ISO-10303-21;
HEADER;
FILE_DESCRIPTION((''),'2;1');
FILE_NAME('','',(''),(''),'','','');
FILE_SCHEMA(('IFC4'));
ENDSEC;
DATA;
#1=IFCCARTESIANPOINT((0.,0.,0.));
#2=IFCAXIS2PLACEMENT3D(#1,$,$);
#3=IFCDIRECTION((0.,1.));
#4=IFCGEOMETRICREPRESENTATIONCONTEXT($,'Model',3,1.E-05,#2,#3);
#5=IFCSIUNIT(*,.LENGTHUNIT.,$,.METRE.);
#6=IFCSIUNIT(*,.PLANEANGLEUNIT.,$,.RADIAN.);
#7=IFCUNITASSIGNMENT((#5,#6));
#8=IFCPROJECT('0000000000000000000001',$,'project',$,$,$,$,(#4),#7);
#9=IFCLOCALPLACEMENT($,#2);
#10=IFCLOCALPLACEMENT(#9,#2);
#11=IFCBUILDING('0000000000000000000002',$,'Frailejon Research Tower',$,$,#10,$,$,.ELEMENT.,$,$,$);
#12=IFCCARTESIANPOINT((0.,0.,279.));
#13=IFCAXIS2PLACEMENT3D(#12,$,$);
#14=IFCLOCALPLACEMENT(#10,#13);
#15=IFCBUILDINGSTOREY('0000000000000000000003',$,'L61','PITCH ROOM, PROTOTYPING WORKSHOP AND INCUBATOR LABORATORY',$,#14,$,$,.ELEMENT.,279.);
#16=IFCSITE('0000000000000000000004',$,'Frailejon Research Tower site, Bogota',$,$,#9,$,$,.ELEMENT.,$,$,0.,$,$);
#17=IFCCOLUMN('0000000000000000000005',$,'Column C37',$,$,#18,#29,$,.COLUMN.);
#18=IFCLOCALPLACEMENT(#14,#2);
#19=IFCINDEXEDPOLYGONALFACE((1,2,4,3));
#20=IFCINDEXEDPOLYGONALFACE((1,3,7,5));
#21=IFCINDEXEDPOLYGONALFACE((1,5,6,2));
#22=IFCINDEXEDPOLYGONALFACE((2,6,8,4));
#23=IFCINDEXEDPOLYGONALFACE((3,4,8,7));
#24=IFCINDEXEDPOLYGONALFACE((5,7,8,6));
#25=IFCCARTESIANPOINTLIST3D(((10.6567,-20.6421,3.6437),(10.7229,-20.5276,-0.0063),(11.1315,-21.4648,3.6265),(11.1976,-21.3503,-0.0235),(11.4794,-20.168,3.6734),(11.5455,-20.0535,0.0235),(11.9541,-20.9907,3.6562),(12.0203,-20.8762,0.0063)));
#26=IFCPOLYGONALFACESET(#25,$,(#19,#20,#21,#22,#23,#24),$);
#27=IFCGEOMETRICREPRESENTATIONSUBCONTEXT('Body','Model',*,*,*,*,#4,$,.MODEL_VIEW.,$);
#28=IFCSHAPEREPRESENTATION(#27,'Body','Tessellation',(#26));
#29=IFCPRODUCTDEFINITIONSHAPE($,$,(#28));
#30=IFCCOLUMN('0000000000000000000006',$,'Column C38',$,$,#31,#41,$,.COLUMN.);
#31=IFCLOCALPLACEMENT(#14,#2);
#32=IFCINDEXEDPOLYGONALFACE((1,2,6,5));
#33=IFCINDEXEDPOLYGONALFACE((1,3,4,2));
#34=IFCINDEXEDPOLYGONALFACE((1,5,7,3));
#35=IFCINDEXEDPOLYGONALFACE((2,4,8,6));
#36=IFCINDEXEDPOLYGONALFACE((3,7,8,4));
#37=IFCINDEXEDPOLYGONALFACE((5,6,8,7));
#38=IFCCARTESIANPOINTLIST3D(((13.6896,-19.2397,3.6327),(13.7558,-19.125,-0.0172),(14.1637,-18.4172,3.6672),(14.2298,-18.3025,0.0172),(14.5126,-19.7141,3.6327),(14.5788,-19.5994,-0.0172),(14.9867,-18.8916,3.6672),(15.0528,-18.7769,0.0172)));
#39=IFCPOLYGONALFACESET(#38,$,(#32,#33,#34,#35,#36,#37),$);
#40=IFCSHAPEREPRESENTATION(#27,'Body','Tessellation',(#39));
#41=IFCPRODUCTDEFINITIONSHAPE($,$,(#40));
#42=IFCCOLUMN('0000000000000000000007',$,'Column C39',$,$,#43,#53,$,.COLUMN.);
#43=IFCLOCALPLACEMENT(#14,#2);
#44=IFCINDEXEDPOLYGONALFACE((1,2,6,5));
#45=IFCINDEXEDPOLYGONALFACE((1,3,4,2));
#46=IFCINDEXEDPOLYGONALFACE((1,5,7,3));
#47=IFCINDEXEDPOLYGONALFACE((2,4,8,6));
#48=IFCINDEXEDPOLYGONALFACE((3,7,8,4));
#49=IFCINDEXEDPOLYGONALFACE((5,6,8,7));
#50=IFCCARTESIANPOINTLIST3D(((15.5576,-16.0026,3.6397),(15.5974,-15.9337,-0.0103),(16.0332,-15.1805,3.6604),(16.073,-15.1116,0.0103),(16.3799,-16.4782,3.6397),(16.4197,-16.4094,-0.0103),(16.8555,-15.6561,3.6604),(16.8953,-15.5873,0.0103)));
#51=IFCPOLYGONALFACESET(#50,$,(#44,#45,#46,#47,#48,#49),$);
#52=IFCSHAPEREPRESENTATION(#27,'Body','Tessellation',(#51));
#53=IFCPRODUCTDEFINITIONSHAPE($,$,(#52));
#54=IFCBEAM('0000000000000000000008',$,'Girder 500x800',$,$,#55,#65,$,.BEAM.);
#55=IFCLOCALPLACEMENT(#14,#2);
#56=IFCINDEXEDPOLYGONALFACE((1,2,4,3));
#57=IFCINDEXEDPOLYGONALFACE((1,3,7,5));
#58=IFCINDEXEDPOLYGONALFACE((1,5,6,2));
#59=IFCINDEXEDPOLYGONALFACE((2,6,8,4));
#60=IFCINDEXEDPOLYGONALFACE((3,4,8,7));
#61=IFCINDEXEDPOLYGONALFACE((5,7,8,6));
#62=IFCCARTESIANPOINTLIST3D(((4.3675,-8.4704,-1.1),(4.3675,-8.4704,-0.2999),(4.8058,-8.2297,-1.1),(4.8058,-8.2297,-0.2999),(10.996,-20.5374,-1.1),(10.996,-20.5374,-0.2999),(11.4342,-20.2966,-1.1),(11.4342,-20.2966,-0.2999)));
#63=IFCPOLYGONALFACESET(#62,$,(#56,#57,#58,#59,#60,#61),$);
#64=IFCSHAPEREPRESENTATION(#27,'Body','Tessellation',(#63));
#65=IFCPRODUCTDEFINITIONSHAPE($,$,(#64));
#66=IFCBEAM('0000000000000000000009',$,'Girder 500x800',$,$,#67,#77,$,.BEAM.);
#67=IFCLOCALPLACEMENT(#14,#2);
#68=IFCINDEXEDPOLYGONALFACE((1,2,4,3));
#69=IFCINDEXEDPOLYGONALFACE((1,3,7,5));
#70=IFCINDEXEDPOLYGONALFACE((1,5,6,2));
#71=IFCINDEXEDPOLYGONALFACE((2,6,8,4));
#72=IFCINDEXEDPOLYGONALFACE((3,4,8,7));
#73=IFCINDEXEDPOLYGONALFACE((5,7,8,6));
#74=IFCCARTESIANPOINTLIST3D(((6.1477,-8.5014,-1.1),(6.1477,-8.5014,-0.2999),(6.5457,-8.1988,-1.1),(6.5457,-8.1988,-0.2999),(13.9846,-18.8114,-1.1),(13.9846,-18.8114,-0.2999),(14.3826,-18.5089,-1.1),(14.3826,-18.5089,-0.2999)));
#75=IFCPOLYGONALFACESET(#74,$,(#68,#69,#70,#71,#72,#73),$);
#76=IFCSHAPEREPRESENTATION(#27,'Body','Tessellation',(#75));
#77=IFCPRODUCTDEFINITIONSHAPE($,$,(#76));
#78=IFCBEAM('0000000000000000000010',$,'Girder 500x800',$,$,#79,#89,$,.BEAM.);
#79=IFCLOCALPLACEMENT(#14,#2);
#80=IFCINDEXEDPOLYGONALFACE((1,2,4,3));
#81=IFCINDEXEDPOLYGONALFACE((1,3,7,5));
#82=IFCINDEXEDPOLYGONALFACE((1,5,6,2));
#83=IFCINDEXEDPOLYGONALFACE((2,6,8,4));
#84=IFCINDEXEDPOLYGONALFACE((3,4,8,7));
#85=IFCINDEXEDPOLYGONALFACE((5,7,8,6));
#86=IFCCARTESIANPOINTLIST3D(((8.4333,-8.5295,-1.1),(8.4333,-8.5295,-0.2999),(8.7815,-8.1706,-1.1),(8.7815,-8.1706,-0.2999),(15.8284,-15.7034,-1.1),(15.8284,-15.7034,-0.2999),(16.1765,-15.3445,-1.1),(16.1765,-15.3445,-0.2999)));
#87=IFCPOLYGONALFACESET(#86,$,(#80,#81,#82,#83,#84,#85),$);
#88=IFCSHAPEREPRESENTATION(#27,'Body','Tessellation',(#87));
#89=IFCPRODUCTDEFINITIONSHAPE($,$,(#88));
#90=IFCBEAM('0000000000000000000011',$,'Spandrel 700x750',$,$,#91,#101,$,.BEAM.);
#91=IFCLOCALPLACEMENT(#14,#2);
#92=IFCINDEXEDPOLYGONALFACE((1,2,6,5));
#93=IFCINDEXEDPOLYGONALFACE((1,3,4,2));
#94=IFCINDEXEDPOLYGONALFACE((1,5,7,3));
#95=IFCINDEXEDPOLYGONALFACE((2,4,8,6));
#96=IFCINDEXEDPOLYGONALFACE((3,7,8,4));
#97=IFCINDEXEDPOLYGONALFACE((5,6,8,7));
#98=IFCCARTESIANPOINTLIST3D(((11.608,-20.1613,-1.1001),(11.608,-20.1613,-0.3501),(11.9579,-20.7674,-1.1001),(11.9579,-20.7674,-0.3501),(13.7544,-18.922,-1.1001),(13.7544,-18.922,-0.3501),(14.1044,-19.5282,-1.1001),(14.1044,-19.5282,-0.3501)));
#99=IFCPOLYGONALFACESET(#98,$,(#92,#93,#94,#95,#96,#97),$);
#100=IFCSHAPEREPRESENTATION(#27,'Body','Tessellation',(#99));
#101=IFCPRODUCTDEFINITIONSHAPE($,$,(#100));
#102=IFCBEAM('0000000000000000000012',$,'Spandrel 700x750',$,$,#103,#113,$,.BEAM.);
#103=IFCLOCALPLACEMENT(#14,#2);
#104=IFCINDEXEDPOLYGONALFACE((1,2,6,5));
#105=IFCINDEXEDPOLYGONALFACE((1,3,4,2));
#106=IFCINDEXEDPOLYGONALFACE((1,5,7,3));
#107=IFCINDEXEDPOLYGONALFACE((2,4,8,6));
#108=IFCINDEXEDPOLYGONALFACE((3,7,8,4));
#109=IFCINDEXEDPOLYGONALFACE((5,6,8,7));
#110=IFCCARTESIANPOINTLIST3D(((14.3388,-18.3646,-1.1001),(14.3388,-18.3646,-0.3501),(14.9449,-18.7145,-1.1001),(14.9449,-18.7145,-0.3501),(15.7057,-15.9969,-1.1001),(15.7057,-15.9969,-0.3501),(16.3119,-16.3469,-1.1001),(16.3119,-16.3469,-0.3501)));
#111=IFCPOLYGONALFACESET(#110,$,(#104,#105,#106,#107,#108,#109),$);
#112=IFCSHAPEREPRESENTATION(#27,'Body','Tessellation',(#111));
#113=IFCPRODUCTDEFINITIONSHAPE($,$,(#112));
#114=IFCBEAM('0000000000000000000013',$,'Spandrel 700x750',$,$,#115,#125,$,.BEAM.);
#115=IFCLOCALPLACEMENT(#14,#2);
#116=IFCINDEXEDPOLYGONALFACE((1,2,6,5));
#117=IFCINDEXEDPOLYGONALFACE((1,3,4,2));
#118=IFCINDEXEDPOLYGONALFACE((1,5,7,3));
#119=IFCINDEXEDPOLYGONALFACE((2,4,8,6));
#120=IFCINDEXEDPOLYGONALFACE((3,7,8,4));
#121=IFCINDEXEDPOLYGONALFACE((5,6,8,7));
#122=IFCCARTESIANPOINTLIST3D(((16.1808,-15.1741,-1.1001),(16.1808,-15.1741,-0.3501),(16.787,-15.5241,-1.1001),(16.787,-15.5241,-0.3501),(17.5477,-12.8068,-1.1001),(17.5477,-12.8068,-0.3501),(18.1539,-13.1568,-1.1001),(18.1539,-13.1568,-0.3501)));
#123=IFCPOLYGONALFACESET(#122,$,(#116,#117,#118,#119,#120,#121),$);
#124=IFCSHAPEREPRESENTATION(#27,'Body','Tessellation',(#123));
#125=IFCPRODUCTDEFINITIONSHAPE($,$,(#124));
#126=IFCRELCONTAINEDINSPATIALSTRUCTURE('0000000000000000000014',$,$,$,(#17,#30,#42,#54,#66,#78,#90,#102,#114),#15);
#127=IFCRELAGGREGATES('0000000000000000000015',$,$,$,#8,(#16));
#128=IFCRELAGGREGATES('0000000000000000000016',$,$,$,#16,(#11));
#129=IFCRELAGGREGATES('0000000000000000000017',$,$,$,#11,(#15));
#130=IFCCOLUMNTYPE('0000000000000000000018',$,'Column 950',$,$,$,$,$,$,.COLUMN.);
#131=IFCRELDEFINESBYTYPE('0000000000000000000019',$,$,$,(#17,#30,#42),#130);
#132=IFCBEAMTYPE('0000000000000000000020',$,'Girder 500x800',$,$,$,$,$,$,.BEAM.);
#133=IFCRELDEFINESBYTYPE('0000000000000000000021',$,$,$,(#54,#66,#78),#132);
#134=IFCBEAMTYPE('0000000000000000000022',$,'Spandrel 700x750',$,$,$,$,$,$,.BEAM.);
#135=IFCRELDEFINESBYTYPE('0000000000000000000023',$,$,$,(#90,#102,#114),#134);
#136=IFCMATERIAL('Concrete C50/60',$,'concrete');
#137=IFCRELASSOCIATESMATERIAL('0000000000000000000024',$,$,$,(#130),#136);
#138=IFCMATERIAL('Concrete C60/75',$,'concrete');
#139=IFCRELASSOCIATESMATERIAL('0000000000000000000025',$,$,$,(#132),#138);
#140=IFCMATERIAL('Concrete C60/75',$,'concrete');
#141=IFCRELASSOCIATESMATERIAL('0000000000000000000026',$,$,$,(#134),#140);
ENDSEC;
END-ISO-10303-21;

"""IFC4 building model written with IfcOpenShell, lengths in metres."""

from ifc_helpers import new_model, si_unit, direction, frame, origin, origin_2d, place, context, subcontext, project, spatial, rectangle, extrude, material, material_profile, profile_set, type_object, element, save


model = new_model("IFC4")

# Units and contexts
model_context = context("Model", 3, precision=1e-05, world=origin(), true_north=direction((0.0, 1.0)))
body_context = subcontext(model_context, "Body", "Model", "MODEL_VIEW")
ifc_project = project(units=[si_unit("LENGTHUNIT", "METRE"), si_unit("PLANEANGLEUNIT", "RADIAN")], contexts=[model_context])

# Site, building, storey
site_placement = place(None, origin())
site = spatial("IfcSite", under=ifc_project, at=site_placement, Name="Frailejon Research Tower site, Bogota", CompositionType="ELEMENT", RefElevation=0.0)
building_placement = place(site_placement, origin())
building = spatial("IfcBuilding", under=site, at=building_placement, Name="Frailejon Research Tower", CompositionType="ELEMENT")
storey_placement = place(building_placement, frame((0.0, 0.0, 279.0)))
storey = spatial("IfcBuildingStorey", under=building, at=storey_placement, Name="L61", Description="PITCH ROOM, PROTOTYPING WORKSHOP AND INCUBATOR LABORATORY", CompositionType="ELEMENT", Elevation=279.0)

# Columns
ifc_material_1 = material(Name="Concrete C50/60", Category="concrete")
ifc_material_profile_1 = material_profile(ifc_material_1, rectangle(XDim=0.95, YDim=0.95, at=origin_2d()), Name="Column 950")
ifc_profile_set_1 = profile_set([ifc_material_profile_1], Name="Concrete C50/60")
column_type = type_object("IfcColumnType", Name="Column 950", PredefinedType="COLUMN", material=ifc_profile_set_1)
for number, where, z_axis, x_axis, name in (
    (1, (11.3716, -20.7019, 0.0), (-0.018115, -0.031351, 0.999344), (0.865981, 0.499093, 0.031355), "Column C37"),
    (2, (14.4043, -18.9509, 0.0), (-0.018115, -0.031417, 0.999342), (0.49904, 0.865819, 0.036266), "Column C38"),
):
    element("IfcColumn", number, at=place(storey_placement, frame(where, z_axis=z_axis, x_axis=x_axis)), inside=storey, type_object=column_type, Name=name, PredefinedType="COLUMN", context=body_context, shape_type="SweptSolid", body=[
        extrude(rectangle(XDim=0.95, YDim=0.95, at=origin_2d()), origin(), (0.0, 0.0, 1.0), 3.6523),
    ])
column_placement = place(storey_placement, frame((16.2463, -15.7605, 0.0), z_axis=(-0.0109, -0.018858, 0.999763), x_axis=(0.50059, 0.86541, 0.021782)))
element("IfcColumn", 3, at=column_placement, inside=storey, type_object=column_type, Name="Column C39", PredefinedType="COLUMN", context=body_context, shape_type="SweptSolid", body=[
    extrude(rectangle(XDim=0.95, YDim=0.95, at=origin_2d()), origin(), (0.0, 0.0, 1.0), 3.6509),
])

# Beams
ifc_material_2 = material(Name="Concrete C60/75", Category="concrete")
ifc_material_profile_2 = material_profile(ifc_material_2, rectangle(XDim=0.5, YDim=0.8, at=origin_2d()), Name="Girder 500x800")
ifc_profile_set_2 = profile_set([ifc_material_profile_2], Name="Concrete C60/75")
beam_type_1 = type_object("IfcBeamType", Name="Girder 500x800", PredefinedType="BEAM", material=ifc_profile_set_2)
beam_1_placement = place(storey_placement, frame((11.2151, -20.417, -0.7), z_axis=(-0.481452, 0.876473, 0.0), x_axis=(-0.876473, -0.481452, 0.0)))
element("IfcBeam", 4, at=beam_1_placement, inside=storey, type_object=beam_type_1, Name="Girder 500x800", PredefinedType="BEAM", context=body_context, shape_type="SweptSolid", body=[
    extrude(rectangle(XDim=0.5, YDim=0.8, at=origin_2d()), origin(), (0.0, 0.0, 1.0), 13.7676),
])
beam_2_placement = place(storey_placement, frame((14.1836, -18.6602, -0.7), z_axis=(-0.605145, 0.796115, 0.0), x_axis=(-0.796115, -0.605145, 0.0)))
element("IfcBeam", 5, at=beam_2_placement, inside=storey, type_object=beam_type_1, Name="Girder 500x800", PredefinedType="BEAM", context=body_context, shape_type="SweptSolid", body=[
    extrude(rectangle(XDim=0.5, YDim=0.8, at=origin_2d()), origin(), (0.0, 0.0, 1.0), 12.9504),
])
beam_3_placement = place(storey_placement, frame((16.0024, -15.5239, -0.7), z_axis=(-0.71776, 0.696291, 0.0), x_axis=(-0.696291, -0.71776, 0.0)))
element("IfcBeam", 6, at=beam_3_placement, inside=storey, type_object=beam_type_1, Name="Girder 500x800", PredefinedType="BEAM", context=body_context, shape_type="SweptSolid", body=[
    extrude(rectangle(XDim=0.5, YDim=0.8, at=origin_2d()), origin(), (0.0, 0.0, 1.0), 10.303),
])
ifc_material_3 = material(Name="Concrete C60/75", Category="concrete")
ifc_material_profile_3 = material_profile(ifc_material_3, rectangle(XDim=0.7, YDim=0.75, at=origin_2d()), Name="Spandrel 700x750")
ifc_profile_set_3 = profile_set([ifc_material_profile_3], Name="Concrete C60/75")
beam_type_2 = type_object("IfcBeamType", Name="Spandrel 700x750", PredefinedType="BEAM", material=ifc_profile_set_3)
beam_4_placement = place(storey_placement, frame((11.783, -20.4644, -0.7251), z_axis=(0.866028, 0.499995, 0.0), x_axis=(-0.499995, 0.866028, 0.0)))
element("IfcBeam", 7, at=beam_4_placement, inside=storey, type_object=beam_type_2, Name="Spandrel 700x750", PredefinedType="BEAM", context=body_context, shape_type="SweptSolid", body=[
    extrude(rectangle(XDim=0.7, YDim=0.75, at=origin_2d()), origin(), (0.0, 0.0, 1.0), 2.4785),
])
beam_5_placement = place(storey_placement, frame((14.6418, -18.5396, -0.7251), z_axis=(0.49999, 0.866031, 0.0), x_axis=(-0.866031, 0.49999, 0.0)))
element("IfcBeam", 8, at=beam_5_placement, inside=storey, type_object=beam_type_2, Name="Spandrel 700x750", PredefinedType="BEAM", context=body_context, shape_type="SweptSolid", body=[
    extrude(rectangle(XDim=0.7, YDim=0.75, at=origin_2d()), origin(), (0.0, 0.0, 1.0), 2.7339),
])
beam_6_placement = place(storey_placement, frame((16.4839, -15.3491, -0.7251), z_axis=(0.500029, 0.866009, 0.0), x_axis=(-0.866009, 0.500029, 0.0)))
element("IfcBeam", 9, at=beam_6_placement, inside=storey, type_object=beam_type_2, Name="Spandrel 700x750", PredefinedType="BEAM", context=body_context, shape_type="SweptSolid", body=[
    extrude(rectangle(XDim=0.7, YDim=0.75, at=origin_2d()), origin(), (0.0, 0.0, 1.0), 2.7336),
])

save(model, "model.ifc")
